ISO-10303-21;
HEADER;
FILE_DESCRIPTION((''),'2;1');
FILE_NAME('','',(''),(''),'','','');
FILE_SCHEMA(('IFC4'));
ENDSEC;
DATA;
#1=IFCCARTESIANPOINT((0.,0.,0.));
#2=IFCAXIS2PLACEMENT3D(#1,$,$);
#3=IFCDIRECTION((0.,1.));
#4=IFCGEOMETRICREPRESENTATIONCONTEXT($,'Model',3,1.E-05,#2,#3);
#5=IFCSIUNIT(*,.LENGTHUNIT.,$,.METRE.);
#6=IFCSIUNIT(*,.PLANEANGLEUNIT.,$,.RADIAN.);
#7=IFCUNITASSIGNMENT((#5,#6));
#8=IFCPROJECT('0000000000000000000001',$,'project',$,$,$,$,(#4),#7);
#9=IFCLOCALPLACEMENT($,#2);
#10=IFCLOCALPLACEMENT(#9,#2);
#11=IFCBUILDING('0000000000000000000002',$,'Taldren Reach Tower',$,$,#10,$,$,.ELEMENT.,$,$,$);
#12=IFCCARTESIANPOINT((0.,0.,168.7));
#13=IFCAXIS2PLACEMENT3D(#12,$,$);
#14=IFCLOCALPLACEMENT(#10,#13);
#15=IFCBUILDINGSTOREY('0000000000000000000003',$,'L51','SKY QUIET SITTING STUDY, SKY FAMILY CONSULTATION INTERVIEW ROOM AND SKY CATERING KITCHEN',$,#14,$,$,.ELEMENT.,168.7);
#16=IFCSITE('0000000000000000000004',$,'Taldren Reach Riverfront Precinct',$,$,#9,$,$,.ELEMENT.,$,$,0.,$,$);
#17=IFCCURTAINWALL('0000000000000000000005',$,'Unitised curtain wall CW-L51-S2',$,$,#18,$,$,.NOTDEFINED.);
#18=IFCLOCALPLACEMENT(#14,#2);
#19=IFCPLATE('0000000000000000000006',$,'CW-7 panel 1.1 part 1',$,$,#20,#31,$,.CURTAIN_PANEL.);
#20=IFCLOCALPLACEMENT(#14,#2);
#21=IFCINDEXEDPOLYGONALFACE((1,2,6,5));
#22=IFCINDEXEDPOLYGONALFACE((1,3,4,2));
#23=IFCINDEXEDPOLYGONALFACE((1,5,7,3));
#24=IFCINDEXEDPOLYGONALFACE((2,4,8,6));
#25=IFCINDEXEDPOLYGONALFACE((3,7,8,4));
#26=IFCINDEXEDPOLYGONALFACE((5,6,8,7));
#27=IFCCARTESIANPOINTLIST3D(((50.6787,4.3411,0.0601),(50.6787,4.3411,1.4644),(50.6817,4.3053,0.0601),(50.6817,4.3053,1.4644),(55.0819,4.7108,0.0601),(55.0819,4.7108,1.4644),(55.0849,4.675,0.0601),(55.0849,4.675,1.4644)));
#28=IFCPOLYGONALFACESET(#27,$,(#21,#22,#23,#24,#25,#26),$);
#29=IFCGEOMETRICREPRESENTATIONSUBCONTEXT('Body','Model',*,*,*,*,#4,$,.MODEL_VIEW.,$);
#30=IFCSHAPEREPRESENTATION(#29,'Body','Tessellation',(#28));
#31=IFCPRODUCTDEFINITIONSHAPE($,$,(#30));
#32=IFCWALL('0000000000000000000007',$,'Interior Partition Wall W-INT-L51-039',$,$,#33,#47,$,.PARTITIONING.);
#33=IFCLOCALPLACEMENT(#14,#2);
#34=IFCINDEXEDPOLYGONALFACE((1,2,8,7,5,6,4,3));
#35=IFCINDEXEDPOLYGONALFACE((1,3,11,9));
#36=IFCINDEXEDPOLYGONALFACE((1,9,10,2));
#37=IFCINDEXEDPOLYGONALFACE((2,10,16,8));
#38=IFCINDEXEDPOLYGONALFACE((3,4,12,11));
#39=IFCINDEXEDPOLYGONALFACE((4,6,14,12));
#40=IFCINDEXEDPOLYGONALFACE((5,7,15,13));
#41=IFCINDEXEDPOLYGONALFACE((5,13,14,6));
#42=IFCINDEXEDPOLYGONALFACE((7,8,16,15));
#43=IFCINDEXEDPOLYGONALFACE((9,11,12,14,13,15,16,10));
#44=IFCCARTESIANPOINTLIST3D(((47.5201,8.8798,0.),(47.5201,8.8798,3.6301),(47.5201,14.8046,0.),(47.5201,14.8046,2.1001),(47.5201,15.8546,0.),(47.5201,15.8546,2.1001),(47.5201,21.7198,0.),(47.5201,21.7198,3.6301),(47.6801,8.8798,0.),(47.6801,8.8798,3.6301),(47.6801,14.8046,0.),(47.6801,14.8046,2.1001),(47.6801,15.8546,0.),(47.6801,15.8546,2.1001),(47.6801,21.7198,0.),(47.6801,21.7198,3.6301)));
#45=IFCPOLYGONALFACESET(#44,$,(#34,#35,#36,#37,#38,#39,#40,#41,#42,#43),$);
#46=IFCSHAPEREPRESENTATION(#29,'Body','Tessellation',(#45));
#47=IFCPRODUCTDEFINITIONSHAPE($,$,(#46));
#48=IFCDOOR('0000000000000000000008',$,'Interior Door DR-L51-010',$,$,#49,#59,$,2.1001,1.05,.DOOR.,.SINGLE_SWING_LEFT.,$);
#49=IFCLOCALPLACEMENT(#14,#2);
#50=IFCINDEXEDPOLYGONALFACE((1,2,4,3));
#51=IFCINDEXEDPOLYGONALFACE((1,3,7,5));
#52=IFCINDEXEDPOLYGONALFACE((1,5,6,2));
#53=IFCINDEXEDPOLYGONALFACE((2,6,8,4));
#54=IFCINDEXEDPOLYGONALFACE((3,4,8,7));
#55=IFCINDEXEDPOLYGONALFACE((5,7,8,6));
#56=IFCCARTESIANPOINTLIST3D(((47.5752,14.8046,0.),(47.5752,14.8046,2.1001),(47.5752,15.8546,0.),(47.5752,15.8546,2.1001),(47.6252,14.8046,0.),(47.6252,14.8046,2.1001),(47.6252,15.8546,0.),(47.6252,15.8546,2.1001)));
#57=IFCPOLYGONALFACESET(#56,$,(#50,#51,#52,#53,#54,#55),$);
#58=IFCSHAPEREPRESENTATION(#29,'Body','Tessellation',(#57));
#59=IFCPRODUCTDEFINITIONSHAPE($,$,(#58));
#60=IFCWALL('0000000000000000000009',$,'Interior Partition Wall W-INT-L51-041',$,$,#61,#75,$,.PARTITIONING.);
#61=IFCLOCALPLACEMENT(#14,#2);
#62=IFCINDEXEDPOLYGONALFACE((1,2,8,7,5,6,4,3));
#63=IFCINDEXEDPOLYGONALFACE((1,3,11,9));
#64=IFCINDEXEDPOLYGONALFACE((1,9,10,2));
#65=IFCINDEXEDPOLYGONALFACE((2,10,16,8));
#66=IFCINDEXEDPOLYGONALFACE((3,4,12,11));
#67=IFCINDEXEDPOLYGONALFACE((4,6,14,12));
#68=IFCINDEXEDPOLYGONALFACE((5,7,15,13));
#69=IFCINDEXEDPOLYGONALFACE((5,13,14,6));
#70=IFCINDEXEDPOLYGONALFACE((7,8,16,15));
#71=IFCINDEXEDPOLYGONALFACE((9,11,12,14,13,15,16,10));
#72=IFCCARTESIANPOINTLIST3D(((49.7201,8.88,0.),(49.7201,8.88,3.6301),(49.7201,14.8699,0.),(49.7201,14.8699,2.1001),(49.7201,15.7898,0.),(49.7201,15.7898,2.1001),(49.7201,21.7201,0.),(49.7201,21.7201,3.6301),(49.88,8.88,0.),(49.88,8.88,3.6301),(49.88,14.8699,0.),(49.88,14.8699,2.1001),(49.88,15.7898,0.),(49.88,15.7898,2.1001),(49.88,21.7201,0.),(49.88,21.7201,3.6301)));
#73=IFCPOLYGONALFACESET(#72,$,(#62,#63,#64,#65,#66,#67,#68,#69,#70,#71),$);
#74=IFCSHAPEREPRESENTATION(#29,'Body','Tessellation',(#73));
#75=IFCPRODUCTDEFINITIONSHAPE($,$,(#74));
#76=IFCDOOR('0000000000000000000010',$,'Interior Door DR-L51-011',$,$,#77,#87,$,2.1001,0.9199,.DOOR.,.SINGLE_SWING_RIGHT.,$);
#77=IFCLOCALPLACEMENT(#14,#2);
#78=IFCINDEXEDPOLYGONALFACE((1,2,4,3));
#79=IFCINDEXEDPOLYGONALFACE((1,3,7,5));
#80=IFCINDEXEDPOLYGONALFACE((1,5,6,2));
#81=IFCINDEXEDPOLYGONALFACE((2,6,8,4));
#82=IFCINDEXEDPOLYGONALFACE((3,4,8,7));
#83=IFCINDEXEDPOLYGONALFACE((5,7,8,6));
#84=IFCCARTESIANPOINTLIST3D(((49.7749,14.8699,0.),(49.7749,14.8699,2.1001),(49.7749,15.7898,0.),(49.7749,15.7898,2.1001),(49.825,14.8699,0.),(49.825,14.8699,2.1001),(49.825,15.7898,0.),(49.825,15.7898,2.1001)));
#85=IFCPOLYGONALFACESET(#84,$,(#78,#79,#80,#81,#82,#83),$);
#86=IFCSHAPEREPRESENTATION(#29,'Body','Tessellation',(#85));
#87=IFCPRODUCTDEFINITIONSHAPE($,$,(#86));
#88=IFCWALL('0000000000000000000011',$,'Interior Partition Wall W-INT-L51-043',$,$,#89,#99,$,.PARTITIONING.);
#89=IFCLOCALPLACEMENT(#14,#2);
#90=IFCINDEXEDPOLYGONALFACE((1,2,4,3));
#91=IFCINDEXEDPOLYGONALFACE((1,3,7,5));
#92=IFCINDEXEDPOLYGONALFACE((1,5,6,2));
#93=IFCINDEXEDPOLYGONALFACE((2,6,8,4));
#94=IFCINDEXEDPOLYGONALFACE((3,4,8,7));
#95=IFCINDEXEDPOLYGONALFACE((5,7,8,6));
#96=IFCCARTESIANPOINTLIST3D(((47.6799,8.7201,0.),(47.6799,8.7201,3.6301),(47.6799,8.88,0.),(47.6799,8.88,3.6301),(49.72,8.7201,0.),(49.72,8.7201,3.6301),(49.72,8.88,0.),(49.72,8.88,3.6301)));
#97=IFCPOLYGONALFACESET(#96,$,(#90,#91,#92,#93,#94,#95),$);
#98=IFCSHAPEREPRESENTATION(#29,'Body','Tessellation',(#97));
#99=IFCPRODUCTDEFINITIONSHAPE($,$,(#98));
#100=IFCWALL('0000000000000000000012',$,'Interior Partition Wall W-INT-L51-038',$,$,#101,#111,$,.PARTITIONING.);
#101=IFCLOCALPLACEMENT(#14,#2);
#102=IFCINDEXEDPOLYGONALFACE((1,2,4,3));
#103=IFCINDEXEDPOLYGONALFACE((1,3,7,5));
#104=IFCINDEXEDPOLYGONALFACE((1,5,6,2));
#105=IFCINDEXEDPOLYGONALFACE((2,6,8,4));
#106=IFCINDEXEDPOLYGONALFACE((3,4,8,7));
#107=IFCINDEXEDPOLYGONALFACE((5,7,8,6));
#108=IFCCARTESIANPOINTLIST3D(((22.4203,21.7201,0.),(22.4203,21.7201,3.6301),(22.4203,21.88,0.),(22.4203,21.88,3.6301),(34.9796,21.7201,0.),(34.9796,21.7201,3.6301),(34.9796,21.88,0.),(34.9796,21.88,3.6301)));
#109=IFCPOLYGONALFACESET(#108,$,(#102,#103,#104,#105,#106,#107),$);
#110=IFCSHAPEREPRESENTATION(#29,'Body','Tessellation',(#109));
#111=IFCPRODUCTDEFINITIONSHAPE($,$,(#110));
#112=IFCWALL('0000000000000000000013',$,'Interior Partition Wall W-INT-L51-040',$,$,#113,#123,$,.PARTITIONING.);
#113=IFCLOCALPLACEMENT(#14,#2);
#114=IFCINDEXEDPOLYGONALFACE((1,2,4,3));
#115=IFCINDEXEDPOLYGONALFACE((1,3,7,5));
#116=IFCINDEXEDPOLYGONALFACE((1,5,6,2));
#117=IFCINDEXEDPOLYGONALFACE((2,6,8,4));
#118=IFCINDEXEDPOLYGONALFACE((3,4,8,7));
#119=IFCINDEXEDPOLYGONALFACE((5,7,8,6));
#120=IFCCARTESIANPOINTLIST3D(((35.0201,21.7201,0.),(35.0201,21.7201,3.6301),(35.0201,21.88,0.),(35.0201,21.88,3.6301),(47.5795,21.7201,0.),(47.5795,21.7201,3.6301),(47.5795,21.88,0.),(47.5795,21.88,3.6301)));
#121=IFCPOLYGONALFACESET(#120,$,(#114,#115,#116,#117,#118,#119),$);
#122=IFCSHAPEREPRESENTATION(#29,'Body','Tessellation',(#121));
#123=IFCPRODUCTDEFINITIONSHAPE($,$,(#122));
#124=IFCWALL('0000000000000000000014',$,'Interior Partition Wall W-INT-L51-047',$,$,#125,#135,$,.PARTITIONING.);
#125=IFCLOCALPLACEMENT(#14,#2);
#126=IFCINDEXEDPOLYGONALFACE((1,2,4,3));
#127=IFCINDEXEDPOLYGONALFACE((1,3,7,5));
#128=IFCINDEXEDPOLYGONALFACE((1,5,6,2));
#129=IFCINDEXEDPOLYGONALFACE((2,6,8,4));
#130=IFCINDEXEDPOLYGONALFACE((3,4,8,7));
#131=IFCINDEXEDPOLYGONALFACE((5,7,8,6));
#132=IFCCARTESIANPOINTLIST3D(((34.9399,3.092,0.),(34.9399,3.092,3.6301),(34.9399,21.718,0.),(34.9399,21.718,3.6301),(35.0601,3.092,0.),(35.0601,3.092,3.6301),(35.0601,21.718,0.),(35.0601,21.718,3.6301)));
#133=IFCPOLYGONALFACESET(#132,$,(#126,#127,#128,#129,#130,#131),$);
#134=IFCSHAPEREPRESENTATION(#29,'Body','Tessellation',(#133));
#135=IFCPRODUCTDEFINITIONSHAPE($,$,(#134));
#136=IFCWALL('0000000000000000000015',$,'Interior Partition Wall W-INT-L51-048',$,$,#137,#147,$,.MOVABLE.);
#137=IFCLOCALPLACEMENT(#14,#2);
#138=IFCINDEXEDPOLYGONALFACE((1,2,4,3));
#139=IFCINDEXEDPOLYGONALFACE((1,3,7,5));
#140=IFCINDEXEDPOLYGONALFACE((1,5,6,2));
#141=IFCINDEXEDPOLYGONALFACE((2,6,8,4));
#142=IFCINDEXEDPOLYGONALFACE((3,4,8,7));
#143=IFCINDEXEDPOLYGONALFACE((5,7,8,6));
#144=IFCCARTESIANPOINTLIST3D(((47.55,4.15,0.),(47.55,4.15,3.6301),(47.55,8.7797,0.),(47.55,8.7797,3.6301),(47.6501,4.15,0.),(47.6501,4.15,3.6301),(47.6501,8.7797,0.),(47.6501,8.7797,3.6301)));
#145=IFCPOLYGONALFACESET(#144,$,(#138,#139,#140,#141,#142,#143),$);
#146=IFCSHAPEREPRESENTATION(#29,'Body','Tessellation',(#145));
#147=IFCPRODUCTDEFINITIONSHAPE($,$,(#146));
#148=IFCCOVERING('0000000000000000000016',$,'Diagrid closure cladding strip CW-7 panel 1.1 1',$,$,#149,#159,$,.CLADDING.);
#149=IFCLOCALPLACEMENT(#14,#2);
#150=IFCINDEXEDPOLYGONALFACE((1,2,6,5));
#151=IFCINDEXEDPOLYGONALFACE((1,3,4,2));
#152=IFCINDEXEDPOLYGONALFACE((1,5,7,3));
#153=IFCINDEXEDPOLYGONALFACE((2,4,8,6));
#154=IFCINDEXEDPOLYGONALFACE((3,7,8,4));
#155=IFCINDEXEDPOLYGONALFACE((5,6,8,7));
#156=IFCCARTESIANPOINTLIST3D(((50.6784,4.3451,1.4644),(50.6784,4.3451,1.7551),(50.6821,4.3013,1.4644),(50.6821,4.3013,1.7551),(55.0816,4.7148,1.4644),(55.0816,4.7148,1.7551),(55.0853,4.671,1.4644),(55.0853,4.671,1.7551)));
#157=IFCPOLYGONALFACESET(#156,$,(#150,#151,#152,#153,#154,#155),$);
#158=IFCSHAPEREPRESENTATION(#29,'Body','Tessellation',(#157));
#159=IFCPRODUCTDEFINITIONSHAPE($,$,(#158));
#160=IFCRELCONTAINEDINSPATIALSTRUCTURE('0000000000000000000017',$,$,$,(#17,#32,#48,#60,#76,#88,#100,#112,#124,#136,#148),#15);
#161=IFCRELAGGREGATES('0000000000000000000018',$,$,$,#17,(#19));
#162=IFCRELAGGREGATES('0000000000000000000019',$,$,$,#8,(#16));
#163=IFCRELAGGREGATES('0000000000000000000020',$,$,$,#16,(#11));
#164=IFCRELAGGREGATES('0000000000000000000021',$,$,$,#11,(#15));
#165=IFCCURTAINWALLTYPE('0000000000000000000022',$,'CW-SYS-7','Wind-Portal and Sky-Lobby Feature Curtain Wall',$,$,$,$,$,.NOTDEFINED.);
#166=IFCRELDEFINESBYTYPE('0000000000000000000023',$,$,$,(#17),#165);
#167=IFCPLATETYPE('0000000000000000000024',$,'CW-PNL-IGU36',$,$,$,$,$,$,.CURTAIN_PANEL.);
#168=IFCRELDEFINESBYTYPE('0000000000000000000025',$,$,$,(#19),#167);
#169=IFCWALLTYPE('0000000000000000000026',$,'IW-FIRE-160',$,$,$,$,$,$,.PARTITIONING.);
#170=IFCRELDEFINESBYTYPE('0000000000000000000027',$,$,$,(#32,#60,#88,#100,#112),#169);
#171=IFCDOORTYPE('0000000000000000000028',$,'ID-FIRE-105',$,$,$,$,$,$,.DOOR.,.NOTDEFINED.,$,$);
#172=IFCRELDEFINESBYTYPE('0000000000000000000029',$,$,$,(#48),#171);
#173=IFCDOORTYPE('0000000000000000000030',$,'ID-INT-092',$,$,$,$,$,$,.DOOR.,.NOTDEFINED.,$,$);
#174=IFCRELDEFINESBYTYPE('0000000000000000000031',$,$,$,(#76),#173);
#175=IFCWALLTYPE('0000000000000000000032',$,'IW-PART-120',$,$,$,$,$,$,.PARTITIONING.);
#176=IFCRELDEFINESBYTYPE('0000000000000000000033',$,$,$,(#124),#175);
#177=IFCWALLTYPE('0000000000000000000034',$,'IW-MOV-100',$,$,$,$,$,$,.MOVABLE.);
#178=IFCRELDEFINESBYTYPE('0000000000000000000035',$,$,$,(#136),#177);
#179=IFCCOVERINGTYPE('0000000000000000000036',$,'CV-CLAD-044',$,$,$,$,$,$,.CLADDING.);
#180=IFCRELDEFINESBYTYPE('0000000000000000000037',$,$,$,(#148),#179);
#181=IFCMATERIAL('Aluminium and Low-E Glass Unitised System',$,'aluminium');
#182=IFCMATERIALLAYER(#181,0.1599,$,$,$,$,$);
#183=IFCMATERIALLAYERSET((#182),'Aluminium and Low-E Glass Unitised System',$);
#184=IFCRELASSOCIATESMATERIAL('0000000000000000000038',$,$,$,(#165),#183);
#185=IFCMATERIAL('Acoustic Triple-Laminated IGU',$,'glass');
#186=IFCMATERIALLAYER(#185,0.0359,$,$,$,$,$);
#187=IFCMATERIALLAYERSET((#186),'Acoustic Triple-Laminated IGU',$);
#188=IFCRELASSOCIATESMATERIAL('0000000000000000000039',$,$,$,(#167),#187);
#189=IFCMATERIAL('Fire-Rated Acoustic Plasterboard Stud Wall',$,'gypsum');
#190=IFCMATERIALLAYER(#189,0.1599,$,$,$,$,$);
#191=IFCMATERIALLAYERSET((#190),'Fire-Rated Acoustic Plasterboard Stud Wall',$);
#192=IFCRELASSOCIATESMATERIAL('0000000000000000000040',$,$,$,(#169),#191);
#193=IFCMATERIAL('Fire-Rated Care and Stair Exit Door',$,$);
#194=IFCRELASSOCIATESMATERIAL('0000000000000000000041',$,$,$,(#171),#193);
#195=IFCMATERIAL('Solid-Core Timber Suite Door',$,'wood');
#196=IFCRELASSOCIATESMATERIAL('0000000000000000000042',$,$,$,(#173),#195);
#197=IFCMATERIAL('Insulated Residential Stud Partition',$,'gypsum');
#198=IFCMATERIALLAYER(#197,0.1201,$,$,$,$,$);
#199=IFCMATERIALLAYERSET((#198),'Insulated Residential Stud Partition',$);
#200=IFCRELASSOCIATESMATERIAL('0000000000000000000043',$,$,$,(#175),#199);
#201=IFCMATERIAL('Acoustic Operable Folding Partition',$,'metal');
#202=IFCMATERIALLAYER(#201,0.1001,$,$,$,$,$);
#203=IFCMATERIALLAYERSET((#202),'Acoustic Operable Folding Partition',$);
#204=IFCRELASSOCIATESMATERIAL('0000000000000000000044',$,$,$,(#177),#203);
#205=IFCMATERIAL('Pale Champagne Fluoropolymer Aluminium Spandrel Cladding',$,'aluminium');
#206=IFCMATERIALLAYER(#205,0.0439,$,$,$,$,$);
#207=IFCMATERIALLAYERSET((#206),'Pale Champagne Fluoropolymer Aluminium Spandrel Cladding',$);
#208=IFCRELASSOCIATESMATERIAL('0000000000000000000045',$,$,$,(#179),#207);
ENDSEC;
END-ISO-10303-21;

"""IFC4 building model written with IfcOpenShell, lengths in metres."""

from ifc_helpers import new_model, si_unit, direction, frame, frame_2d, origin, origin_2d, place, context, subcontext, project, spatial, rectangle, extrude, source, transform, mapped, material, layer, layer_set, type_object, element, fill, aggregate, save


model = new_model("IFC4")

# Units and contexts
model_context = context("Model", 3, precision=1e-05, world=origin(), true_north=direction((0.0, 1.0)))
body_context = subcontext(model_context, "Body", "Model", "MODEL_VIEW")
ifc_project = project(units=[si_unit("LENGTHUNIT", "METRE"), si_unit("PLANEANGLEUNIT", "RADIAN")], contexts=[model_context])

# Site, building, storey
site_placement = place(None, origin())
site = spatial("IfcSite", under=ifc_project, at=site_placement, Name="Taldren Reach Riverfront Precinct", CompositionType="ELEMENT", RefElevation=0.0)
building_placement = place(site_placement, origin())
building = spatial("IfcBuilding", under=site, at=building_placement, Name="Taldren Reach Tower", CompositionType="ELEMENT")
storey_placement = place(building_placement, frame((0.0, 0.0, 168.7)))
storey = spatial("IfcBuildingStorey", under=building, at=storey_placement, Name="L51", Description="SKY QUIET SITTING STUDY, SKY FAMILY CONSULTATION INTERVIEW ROOM AND SKY CATERING KITCHEN", CompositionType="ELEMENT", Elevation=168.7)

# Curtain wall
ifc_material_1 = material(Name="Aluminium and Low-E Glass Unitised System", Category="aluminium")
ifc_layer_1 = layer(ifc_material_1, 0.1599)
ifc_layer_set_1 = layer_set([ifc_layer_1], Name="Aluminium and Low-E Glass Unitised System")
curtain_wall_type = type_object("IfcCurtainWallType", Name="CW-SYS-7", Description="Wind-Portal and Sky-Lobby Feature Curtain Wall", PredefinedType="NOTDEFINED", material=ifc_layer_set_1)
curtain_wall_1_placement = place(storey_placement, origin())
curtain_wall_1 = element("IfcCurtainWall", 1, at=curtain_wall_1_placement, inside=storey, type_object=curtain_wall_type, Name="Unitised curtain wall CW-L51-S2", PredefinedType="NOTDEFINED")

# Plate
ifc_material_2 = material(Name="Acoustic Triple-Laminated IGU", Category="glass")
ifc_layer_2 = layer(ifc_material_2, 0.0359)
ifc_layer_set_2 = layer_set([ifc_layer_2], Name="Acoustic Triple-Laminated IGU")
plate_type = type_object("IfcPlateType", Name="CW-PNL-IGU36", PredefinedType="CURTAIN_PANEL", material=ifc_layer_set_2)
shared_shape_1 = source(origin(), body_context, "Body", "SweptSolid", [
    extrude(rectangle(XDim=4.4187, YDim=0.0359, at=origin_2d()), origin(), (0.0, 0.0, 1.0), 1.4043),
])
plate_placement = place(storey_placement, frame((52.8818, 4.5081, 0.0601), z_axis=(0.0, 0.0, 1.0), x_axis=(0.996493, 0.083678, 0.0)))
plate = element("IfcPlate", 2, at=plate_placement, type_object=plate_type, Name="CW-7 panel 1.1 part 1", PredefinedType="CURTAIN_PANEL", context=body_context, shape_type="MappedRepresentation", body=[
    mapped(shared_shape_1, transform((0.0, 0.0, 0.0), scale=1.0)),
])
aggregate(curtain_wall_1, [plate])

# Walls, openings, doors
ifc_material_3 = material(Name="Fire-Rated Acoustic Plasterboard Stud Wall", Category="gypsum")
ifc_layer_3 = layer(ifc_material_3, 0.1599)
ifc_layer_set_3 = layer_set([ifc_layer_3], Name="Fire-Rated Acoustic Plasterboard Stud Wall")
wall_type_1 = type_object("IfcWallType", Name="IW-FIRE-160", PredefinedType="PARTITIONING", material=ifc_layer_set_3)
shared_shape_2 = source(origin(), body_context, "Body", "SweptSolid", [
    extrude(rectangle(XDim=12.8401, YDim=0.1599, at=frame_2d((6.4199, 0.0))), origin(), (0.0, 0.0, 1.0), 3.6301),
])
wall_1_placement = place(storey_placement, frame((47.6001, 8.8799, 0.0), z_axis=(0.0, 0.0, 1.0), x_axis=(0.0, 1.0, 0.0)))
wall_1 = element("IfcWall", 3, at=wall_1_placement, inside=storey, type_object=wall_type_1, Name="Interior Partition Wall W-INT-L51-039", PredefinedType="PARTITIONING", context=body_context, shape_type="MappedRepresentation", body=[
    mapped(shared_shape_2, transform((0.0, 0.0, 0.0), scale=1.0)),
])
shared_shape_3 = source(origin(), body_context, "Body", "SweptSolid", [
    extrude(rectangle(XDim=1.05, YDim=2.1001, at=frame_2d((0.5249, 1.05))), frame((0.0, 0.0898, 0.0), z_axis=(0.0, -1.0, 0.0), x_axis=(1.0, 0.0, 0.0)), (0.0, 0.0, 1.0), 0.1799),
])
opening_1_placement = place(wall_1_placement, frame((5.9248, 0.0, 0.0)))
opening_1 = element("IfcOpeningElement", 4, at=opening_1_placement, cuts=wall_1, PredefinedType="OPENING", context=body_context, shape_type="MappedRepresentation", body=[
    mapped(shared_shape_3, transform((0.0, 0.0, 0.0), scale=1.0)),
])
ifc_material_4 = material(Name="Fire-Rated Care and Stair Exit Door")
door_type_1 = type_object("IfcDoorType", Name="ID-FIRE-105", OperationType="NOTDEFINED", PredefinedType="DOOR", material=ifc_material_4)
shared_shape_4 = source(origin(), body_context, "Body", "SweptSolid", [
    extrude(rectangle(XDim=1.05, YDim=2.1001, at=frame_2d((0.5249, 1.05))), frame((0.0, 0.0249, 0.0), z_axis=(0.0, -1.0, 0.0), x_axis=(1.0, 0.0, 0.0)), (0.0, 0.0, 1.0), 0.05),
])
door_1_placement = place(opening_1_placement, origin())
door_1 = element("IfcDoor", 5, at=door_1_placement, inside=storey, type_object=door_type_1, Name="Interior Door DR-L51-010", OperationType="SINGLE_SWING_LEFT", OverallHeight=2.1001, OverallWidth=1.05, PredefinedType="DOOR", context=body_context, shape_type="MappedRepresentation", body=[
    mapped(shared_shape_4, transform((0.0, 0.0, 0.0), scale=1.0)),
])
fill(opening_1, door_1)
wall_2_placement = place(storey_placement, frame((49.8, 21.72, 0.0), z_axis=(0.0, 0.0, 1.0), x_axis=(0.0, -1.0, 0.0)))
wall_2 = element("IfcWall", 6, at=wall_2_placement, inside=storey, type_object=wall_type_1, Name="Interior Partition Wall W-INT-L51-041", PredefinedType="PARTITIONING", context=body_context, shape_type="MappedRepresentation", body=[
    mapped(shared_shape_2, transform((0.0, 0.0, 0.0), scale=1.0)),
])
shared_shape_5 = source(origin(), body_context, "Body", "SweptSolid", [
    extrude(rectangle(XDim=0.9199, YDim=2.1001, at=frame_2d((0.46, 1.05))), frame((0.0, 0.0898, 0.0), z_axis=(0.0, -1.0, 0.0), x_axis=(1.0, 0.0, 0.0)), (0.0, 0.0, 1.0), 0.1799),
])
opening_2_placement = place(wall_2_placement, frame((5.9302, 0.0, 0.0)))
opening_2 = element("IfcOpeningElement", 7, at=opening_2_placement, cuts=wall_2, PredefinedType="OPENING", context=body_context, shape_type="MappedRepresentation", body=[
    mapped(shared_shape_5, transform((0.0, 0.0, 0.0), scale=1.0)),
])
ifc_material_5 = material(Name="Solid-Core Timber Suite Door", Category="wood")
door_type_2 = type_object("IfcDoorType", Name="ID-INT-092", OperationType="NOTDEFINED", PredefinedType="DOOR", material=ifc_material_5)
shared_shape_6 = source(origin(), body_context, "Body", "SweptSolid", [
    extrude(rectangle(XDim=0.9199, YDim=2.1001, at=frame_2d((0.46, 1.05))), frame((0.0, 0.0249, 0.0), z_axis=(0.0, -1.0, 0.0), x_axis=(1.0, 0.0, 0.0)), (0.0, 0.0, 1.0), 0.05),
])
door_2_placement = place(opening_2_placement, origin())
door_2 = element("IfcDoor", 8, at=door_2_placement, inside=storey, type_object=door_type_2, Name="Interior Door DR-L51-011", OperationType="SINGLE_SWING_RIGHT", OverallHeight=2.1001, OverallWidth=0.9199, PredefinedType="DOOR", context=body_context, shape_type="MappedRepresentation", body=[
    mapped(shared_shape_6, transform((0.0, 0.0, 0.0), scale=1.0)),
])
fill(opening_2, door_2)

# Walls
shared_shape_7 = source(origin(), body_context, "Body", "SweptSolid", [
    extrude(rectangle(XDim=2.04, YDim=0.1599, at=frame_2d((1.02, 0.0))), origin(), (0.0, 0.0, 1.0), 3.6301),
])
wall_3_placement = place(storey_placement, frame((49.72, 8.8, 0.0), z_axis=(0.0, 0.0, 1.0), x_axis=(-1.0, 0.0, 0.0)))
element("IfcWall", 9, at=wall_3_placement, inside=storey, type_object=wall_type_1, Name="Interior Partition Wall W-INT-L51-043", PredefinedType="PARTITIONING", context=body_context, shape_type="MappedRepresentation", body=[
    mapped(shared_shape_7, transform((0.0, 0.0, 0.0), scale=1.0)),
])
shared_shape_8 = source(origin(), body_context, "Body", "SweptSolid", [
    extrude(rectangle(XDim=12.5593, YDim=0.1599, at=frame_2d((6.2798, 0.0))), origin(), (0.0, 0.0, 1.0), 3.6301),
])
for number, where, z_axis, x_axis, name in (
    (10, (34.9797, 21.8, 0.0), (0.0, 0.0, 1.0), (-1.0, 0.0, 0.0), "Interior Partition Wall W-INT-L51-038"),
    (11, (47.5796, 21.8, 0.0), (0.0, 0.0, 1.0), (-1.0, 0.0, 0.0), "Interior Partition Wall W-INT-L51-040"),
):
    element("IfcWall", number, at=place(storey_placement, frame(where, z_axis=z_axis, x_axis=x_axis)), inside=storey, type_object=wall_type_1, Name=name, PredefinedType="PARTITIONING", context=body_context, shape_type="MappedRepresentation", body=[
        mapped(shared_shape_8, transform((0.0, 0.0, 0.0), scale=1.0)),
    ])
ifc_material_6 = material(Name="Insulated Residential Stud Partition", Category="gypsum")
ifc_layer_4 = layer(ifc_material_6, 0.1201)
ifc_layer_set_4 = layer_set([ifc_layer_4], Name="Insulated Residential Stud Partition")
wall_type_2 = type_object("IfcWallType", Name="IW-PART-120", PredefinedType="PARTITIONING", material=ifc_layer_set_4)
shared_shape_9 = source(origin(), body_context, "Body", "SweptSolid", [
    extrude(rectangle(XDim=18.626, YDim=0.1201, at=frame_2d((9.313, 0.0))), origin(), (0.0, 0.0, 1.0), 3.6301),
])
wall_4_placement = place(storey_placement, frame((35.0, 21.718, 0.0), z_axis=(0.0, 0.0, 1.0), x_axis=(0.0, -1.0, 0.0)))
element("IfcWall", 12, at=wall_4_placement, inside=storey, type_object=wall_type_2, Name="Interior Partition Wall W-INT-L51-047", PredefinedType="PARTITIONING", context=body_context, shape_type="MappedRepresentation", body=[
    mapped(shared_shape_9, transform((0.0, 0.0, 0.0), scale=1.0)),
])
ifc_material_7 = material(Name="Acoustic Operable Folding Partition", Category="metal")
ifc_layer_5 = layer(ifc_material_7, 0.1001)
ifc_layer_set_5 = layer_set([ifc_layer_5], Name="Acoustic Operable Folding Partition")
wall_type_3 = type_object("IfcWallType", Name="IW-MOV-100", PredefinedType="MOVABLE", material=ifc_layer_set_5)
shared_shape_10 = source(origin(), body_context, "Body", "SweptSolid", [
    extrude(rectangle(XDim=4.6296, YDim=0.1001, at=frame_2d((2.3149, 0.0))), origin(), (0.0, 0.0, 1.0), 3.6301),
])
wall_5_placement = place(storey_placement, frame((47.6001, 8.7798, 0.0), z_axis=(0.0, 0.0, 1.0), x_axis=(0.0, -1.0, 0.0)))
element("IfcWall", 13, at=wall_5_placement, inside=storey, type_object=wall_type_3, Name="Interior Partition Wall W-INT-L51-048", PredefinedType="MOVABLE", context=body_context, shape_type="MappedRepresentation", body=[
    mapped(shared_shape_10, transform((0.0, 0.0, 0.0), scale=1.0)),
])

# Covering
ifc_material_8 = material(Name="Pale Champagne Fluoropolymer Aluminium Spandrel Cladding", Category="aluminium")
ifc_layer_6 = layer(ifc_material_8, 0.0439)
ifc_layer_set_6 = layer_set([ifc_layer_6], Name="Pale Champagne Fluoropolymer Aluminium Spandrel Cladding")
covering_type = type_object("IfcCoveringType", Name="CV-CLAD-044", PredefinedType="CLADDING", material=ifc_layer_set_6)
shared_shape_11 = source(origin(), body_context, "Body", "SweptSolid", [
    extrude(rectangle(XDim=4.4187, YDim=0.0439, at=origin_2d()), origin(), (0.0, 0.0, 1.0), 0.2908),
])
covering_placement = place(storey_placement, frame((52.8818, 4.5081, 1.4644), z_axis=(0.0, 0.0, 1.0), x_axis=(0.996493, 0.083678, 0.0)))
element("IfcCovering", 14, at=covering_placement, inside=storey, type_object=covering_type, Name="Diagrid closure cladding strip CW-7 panel 1.1 1", PredefinedType="CLADDING", context=body_context, shape_type="MappedRepresentation", body=[
    mapped(shared_shape_11, transform((0.0, 0.0, 0.0), scale=1.0)),
])

save(model, "model.ifc")
